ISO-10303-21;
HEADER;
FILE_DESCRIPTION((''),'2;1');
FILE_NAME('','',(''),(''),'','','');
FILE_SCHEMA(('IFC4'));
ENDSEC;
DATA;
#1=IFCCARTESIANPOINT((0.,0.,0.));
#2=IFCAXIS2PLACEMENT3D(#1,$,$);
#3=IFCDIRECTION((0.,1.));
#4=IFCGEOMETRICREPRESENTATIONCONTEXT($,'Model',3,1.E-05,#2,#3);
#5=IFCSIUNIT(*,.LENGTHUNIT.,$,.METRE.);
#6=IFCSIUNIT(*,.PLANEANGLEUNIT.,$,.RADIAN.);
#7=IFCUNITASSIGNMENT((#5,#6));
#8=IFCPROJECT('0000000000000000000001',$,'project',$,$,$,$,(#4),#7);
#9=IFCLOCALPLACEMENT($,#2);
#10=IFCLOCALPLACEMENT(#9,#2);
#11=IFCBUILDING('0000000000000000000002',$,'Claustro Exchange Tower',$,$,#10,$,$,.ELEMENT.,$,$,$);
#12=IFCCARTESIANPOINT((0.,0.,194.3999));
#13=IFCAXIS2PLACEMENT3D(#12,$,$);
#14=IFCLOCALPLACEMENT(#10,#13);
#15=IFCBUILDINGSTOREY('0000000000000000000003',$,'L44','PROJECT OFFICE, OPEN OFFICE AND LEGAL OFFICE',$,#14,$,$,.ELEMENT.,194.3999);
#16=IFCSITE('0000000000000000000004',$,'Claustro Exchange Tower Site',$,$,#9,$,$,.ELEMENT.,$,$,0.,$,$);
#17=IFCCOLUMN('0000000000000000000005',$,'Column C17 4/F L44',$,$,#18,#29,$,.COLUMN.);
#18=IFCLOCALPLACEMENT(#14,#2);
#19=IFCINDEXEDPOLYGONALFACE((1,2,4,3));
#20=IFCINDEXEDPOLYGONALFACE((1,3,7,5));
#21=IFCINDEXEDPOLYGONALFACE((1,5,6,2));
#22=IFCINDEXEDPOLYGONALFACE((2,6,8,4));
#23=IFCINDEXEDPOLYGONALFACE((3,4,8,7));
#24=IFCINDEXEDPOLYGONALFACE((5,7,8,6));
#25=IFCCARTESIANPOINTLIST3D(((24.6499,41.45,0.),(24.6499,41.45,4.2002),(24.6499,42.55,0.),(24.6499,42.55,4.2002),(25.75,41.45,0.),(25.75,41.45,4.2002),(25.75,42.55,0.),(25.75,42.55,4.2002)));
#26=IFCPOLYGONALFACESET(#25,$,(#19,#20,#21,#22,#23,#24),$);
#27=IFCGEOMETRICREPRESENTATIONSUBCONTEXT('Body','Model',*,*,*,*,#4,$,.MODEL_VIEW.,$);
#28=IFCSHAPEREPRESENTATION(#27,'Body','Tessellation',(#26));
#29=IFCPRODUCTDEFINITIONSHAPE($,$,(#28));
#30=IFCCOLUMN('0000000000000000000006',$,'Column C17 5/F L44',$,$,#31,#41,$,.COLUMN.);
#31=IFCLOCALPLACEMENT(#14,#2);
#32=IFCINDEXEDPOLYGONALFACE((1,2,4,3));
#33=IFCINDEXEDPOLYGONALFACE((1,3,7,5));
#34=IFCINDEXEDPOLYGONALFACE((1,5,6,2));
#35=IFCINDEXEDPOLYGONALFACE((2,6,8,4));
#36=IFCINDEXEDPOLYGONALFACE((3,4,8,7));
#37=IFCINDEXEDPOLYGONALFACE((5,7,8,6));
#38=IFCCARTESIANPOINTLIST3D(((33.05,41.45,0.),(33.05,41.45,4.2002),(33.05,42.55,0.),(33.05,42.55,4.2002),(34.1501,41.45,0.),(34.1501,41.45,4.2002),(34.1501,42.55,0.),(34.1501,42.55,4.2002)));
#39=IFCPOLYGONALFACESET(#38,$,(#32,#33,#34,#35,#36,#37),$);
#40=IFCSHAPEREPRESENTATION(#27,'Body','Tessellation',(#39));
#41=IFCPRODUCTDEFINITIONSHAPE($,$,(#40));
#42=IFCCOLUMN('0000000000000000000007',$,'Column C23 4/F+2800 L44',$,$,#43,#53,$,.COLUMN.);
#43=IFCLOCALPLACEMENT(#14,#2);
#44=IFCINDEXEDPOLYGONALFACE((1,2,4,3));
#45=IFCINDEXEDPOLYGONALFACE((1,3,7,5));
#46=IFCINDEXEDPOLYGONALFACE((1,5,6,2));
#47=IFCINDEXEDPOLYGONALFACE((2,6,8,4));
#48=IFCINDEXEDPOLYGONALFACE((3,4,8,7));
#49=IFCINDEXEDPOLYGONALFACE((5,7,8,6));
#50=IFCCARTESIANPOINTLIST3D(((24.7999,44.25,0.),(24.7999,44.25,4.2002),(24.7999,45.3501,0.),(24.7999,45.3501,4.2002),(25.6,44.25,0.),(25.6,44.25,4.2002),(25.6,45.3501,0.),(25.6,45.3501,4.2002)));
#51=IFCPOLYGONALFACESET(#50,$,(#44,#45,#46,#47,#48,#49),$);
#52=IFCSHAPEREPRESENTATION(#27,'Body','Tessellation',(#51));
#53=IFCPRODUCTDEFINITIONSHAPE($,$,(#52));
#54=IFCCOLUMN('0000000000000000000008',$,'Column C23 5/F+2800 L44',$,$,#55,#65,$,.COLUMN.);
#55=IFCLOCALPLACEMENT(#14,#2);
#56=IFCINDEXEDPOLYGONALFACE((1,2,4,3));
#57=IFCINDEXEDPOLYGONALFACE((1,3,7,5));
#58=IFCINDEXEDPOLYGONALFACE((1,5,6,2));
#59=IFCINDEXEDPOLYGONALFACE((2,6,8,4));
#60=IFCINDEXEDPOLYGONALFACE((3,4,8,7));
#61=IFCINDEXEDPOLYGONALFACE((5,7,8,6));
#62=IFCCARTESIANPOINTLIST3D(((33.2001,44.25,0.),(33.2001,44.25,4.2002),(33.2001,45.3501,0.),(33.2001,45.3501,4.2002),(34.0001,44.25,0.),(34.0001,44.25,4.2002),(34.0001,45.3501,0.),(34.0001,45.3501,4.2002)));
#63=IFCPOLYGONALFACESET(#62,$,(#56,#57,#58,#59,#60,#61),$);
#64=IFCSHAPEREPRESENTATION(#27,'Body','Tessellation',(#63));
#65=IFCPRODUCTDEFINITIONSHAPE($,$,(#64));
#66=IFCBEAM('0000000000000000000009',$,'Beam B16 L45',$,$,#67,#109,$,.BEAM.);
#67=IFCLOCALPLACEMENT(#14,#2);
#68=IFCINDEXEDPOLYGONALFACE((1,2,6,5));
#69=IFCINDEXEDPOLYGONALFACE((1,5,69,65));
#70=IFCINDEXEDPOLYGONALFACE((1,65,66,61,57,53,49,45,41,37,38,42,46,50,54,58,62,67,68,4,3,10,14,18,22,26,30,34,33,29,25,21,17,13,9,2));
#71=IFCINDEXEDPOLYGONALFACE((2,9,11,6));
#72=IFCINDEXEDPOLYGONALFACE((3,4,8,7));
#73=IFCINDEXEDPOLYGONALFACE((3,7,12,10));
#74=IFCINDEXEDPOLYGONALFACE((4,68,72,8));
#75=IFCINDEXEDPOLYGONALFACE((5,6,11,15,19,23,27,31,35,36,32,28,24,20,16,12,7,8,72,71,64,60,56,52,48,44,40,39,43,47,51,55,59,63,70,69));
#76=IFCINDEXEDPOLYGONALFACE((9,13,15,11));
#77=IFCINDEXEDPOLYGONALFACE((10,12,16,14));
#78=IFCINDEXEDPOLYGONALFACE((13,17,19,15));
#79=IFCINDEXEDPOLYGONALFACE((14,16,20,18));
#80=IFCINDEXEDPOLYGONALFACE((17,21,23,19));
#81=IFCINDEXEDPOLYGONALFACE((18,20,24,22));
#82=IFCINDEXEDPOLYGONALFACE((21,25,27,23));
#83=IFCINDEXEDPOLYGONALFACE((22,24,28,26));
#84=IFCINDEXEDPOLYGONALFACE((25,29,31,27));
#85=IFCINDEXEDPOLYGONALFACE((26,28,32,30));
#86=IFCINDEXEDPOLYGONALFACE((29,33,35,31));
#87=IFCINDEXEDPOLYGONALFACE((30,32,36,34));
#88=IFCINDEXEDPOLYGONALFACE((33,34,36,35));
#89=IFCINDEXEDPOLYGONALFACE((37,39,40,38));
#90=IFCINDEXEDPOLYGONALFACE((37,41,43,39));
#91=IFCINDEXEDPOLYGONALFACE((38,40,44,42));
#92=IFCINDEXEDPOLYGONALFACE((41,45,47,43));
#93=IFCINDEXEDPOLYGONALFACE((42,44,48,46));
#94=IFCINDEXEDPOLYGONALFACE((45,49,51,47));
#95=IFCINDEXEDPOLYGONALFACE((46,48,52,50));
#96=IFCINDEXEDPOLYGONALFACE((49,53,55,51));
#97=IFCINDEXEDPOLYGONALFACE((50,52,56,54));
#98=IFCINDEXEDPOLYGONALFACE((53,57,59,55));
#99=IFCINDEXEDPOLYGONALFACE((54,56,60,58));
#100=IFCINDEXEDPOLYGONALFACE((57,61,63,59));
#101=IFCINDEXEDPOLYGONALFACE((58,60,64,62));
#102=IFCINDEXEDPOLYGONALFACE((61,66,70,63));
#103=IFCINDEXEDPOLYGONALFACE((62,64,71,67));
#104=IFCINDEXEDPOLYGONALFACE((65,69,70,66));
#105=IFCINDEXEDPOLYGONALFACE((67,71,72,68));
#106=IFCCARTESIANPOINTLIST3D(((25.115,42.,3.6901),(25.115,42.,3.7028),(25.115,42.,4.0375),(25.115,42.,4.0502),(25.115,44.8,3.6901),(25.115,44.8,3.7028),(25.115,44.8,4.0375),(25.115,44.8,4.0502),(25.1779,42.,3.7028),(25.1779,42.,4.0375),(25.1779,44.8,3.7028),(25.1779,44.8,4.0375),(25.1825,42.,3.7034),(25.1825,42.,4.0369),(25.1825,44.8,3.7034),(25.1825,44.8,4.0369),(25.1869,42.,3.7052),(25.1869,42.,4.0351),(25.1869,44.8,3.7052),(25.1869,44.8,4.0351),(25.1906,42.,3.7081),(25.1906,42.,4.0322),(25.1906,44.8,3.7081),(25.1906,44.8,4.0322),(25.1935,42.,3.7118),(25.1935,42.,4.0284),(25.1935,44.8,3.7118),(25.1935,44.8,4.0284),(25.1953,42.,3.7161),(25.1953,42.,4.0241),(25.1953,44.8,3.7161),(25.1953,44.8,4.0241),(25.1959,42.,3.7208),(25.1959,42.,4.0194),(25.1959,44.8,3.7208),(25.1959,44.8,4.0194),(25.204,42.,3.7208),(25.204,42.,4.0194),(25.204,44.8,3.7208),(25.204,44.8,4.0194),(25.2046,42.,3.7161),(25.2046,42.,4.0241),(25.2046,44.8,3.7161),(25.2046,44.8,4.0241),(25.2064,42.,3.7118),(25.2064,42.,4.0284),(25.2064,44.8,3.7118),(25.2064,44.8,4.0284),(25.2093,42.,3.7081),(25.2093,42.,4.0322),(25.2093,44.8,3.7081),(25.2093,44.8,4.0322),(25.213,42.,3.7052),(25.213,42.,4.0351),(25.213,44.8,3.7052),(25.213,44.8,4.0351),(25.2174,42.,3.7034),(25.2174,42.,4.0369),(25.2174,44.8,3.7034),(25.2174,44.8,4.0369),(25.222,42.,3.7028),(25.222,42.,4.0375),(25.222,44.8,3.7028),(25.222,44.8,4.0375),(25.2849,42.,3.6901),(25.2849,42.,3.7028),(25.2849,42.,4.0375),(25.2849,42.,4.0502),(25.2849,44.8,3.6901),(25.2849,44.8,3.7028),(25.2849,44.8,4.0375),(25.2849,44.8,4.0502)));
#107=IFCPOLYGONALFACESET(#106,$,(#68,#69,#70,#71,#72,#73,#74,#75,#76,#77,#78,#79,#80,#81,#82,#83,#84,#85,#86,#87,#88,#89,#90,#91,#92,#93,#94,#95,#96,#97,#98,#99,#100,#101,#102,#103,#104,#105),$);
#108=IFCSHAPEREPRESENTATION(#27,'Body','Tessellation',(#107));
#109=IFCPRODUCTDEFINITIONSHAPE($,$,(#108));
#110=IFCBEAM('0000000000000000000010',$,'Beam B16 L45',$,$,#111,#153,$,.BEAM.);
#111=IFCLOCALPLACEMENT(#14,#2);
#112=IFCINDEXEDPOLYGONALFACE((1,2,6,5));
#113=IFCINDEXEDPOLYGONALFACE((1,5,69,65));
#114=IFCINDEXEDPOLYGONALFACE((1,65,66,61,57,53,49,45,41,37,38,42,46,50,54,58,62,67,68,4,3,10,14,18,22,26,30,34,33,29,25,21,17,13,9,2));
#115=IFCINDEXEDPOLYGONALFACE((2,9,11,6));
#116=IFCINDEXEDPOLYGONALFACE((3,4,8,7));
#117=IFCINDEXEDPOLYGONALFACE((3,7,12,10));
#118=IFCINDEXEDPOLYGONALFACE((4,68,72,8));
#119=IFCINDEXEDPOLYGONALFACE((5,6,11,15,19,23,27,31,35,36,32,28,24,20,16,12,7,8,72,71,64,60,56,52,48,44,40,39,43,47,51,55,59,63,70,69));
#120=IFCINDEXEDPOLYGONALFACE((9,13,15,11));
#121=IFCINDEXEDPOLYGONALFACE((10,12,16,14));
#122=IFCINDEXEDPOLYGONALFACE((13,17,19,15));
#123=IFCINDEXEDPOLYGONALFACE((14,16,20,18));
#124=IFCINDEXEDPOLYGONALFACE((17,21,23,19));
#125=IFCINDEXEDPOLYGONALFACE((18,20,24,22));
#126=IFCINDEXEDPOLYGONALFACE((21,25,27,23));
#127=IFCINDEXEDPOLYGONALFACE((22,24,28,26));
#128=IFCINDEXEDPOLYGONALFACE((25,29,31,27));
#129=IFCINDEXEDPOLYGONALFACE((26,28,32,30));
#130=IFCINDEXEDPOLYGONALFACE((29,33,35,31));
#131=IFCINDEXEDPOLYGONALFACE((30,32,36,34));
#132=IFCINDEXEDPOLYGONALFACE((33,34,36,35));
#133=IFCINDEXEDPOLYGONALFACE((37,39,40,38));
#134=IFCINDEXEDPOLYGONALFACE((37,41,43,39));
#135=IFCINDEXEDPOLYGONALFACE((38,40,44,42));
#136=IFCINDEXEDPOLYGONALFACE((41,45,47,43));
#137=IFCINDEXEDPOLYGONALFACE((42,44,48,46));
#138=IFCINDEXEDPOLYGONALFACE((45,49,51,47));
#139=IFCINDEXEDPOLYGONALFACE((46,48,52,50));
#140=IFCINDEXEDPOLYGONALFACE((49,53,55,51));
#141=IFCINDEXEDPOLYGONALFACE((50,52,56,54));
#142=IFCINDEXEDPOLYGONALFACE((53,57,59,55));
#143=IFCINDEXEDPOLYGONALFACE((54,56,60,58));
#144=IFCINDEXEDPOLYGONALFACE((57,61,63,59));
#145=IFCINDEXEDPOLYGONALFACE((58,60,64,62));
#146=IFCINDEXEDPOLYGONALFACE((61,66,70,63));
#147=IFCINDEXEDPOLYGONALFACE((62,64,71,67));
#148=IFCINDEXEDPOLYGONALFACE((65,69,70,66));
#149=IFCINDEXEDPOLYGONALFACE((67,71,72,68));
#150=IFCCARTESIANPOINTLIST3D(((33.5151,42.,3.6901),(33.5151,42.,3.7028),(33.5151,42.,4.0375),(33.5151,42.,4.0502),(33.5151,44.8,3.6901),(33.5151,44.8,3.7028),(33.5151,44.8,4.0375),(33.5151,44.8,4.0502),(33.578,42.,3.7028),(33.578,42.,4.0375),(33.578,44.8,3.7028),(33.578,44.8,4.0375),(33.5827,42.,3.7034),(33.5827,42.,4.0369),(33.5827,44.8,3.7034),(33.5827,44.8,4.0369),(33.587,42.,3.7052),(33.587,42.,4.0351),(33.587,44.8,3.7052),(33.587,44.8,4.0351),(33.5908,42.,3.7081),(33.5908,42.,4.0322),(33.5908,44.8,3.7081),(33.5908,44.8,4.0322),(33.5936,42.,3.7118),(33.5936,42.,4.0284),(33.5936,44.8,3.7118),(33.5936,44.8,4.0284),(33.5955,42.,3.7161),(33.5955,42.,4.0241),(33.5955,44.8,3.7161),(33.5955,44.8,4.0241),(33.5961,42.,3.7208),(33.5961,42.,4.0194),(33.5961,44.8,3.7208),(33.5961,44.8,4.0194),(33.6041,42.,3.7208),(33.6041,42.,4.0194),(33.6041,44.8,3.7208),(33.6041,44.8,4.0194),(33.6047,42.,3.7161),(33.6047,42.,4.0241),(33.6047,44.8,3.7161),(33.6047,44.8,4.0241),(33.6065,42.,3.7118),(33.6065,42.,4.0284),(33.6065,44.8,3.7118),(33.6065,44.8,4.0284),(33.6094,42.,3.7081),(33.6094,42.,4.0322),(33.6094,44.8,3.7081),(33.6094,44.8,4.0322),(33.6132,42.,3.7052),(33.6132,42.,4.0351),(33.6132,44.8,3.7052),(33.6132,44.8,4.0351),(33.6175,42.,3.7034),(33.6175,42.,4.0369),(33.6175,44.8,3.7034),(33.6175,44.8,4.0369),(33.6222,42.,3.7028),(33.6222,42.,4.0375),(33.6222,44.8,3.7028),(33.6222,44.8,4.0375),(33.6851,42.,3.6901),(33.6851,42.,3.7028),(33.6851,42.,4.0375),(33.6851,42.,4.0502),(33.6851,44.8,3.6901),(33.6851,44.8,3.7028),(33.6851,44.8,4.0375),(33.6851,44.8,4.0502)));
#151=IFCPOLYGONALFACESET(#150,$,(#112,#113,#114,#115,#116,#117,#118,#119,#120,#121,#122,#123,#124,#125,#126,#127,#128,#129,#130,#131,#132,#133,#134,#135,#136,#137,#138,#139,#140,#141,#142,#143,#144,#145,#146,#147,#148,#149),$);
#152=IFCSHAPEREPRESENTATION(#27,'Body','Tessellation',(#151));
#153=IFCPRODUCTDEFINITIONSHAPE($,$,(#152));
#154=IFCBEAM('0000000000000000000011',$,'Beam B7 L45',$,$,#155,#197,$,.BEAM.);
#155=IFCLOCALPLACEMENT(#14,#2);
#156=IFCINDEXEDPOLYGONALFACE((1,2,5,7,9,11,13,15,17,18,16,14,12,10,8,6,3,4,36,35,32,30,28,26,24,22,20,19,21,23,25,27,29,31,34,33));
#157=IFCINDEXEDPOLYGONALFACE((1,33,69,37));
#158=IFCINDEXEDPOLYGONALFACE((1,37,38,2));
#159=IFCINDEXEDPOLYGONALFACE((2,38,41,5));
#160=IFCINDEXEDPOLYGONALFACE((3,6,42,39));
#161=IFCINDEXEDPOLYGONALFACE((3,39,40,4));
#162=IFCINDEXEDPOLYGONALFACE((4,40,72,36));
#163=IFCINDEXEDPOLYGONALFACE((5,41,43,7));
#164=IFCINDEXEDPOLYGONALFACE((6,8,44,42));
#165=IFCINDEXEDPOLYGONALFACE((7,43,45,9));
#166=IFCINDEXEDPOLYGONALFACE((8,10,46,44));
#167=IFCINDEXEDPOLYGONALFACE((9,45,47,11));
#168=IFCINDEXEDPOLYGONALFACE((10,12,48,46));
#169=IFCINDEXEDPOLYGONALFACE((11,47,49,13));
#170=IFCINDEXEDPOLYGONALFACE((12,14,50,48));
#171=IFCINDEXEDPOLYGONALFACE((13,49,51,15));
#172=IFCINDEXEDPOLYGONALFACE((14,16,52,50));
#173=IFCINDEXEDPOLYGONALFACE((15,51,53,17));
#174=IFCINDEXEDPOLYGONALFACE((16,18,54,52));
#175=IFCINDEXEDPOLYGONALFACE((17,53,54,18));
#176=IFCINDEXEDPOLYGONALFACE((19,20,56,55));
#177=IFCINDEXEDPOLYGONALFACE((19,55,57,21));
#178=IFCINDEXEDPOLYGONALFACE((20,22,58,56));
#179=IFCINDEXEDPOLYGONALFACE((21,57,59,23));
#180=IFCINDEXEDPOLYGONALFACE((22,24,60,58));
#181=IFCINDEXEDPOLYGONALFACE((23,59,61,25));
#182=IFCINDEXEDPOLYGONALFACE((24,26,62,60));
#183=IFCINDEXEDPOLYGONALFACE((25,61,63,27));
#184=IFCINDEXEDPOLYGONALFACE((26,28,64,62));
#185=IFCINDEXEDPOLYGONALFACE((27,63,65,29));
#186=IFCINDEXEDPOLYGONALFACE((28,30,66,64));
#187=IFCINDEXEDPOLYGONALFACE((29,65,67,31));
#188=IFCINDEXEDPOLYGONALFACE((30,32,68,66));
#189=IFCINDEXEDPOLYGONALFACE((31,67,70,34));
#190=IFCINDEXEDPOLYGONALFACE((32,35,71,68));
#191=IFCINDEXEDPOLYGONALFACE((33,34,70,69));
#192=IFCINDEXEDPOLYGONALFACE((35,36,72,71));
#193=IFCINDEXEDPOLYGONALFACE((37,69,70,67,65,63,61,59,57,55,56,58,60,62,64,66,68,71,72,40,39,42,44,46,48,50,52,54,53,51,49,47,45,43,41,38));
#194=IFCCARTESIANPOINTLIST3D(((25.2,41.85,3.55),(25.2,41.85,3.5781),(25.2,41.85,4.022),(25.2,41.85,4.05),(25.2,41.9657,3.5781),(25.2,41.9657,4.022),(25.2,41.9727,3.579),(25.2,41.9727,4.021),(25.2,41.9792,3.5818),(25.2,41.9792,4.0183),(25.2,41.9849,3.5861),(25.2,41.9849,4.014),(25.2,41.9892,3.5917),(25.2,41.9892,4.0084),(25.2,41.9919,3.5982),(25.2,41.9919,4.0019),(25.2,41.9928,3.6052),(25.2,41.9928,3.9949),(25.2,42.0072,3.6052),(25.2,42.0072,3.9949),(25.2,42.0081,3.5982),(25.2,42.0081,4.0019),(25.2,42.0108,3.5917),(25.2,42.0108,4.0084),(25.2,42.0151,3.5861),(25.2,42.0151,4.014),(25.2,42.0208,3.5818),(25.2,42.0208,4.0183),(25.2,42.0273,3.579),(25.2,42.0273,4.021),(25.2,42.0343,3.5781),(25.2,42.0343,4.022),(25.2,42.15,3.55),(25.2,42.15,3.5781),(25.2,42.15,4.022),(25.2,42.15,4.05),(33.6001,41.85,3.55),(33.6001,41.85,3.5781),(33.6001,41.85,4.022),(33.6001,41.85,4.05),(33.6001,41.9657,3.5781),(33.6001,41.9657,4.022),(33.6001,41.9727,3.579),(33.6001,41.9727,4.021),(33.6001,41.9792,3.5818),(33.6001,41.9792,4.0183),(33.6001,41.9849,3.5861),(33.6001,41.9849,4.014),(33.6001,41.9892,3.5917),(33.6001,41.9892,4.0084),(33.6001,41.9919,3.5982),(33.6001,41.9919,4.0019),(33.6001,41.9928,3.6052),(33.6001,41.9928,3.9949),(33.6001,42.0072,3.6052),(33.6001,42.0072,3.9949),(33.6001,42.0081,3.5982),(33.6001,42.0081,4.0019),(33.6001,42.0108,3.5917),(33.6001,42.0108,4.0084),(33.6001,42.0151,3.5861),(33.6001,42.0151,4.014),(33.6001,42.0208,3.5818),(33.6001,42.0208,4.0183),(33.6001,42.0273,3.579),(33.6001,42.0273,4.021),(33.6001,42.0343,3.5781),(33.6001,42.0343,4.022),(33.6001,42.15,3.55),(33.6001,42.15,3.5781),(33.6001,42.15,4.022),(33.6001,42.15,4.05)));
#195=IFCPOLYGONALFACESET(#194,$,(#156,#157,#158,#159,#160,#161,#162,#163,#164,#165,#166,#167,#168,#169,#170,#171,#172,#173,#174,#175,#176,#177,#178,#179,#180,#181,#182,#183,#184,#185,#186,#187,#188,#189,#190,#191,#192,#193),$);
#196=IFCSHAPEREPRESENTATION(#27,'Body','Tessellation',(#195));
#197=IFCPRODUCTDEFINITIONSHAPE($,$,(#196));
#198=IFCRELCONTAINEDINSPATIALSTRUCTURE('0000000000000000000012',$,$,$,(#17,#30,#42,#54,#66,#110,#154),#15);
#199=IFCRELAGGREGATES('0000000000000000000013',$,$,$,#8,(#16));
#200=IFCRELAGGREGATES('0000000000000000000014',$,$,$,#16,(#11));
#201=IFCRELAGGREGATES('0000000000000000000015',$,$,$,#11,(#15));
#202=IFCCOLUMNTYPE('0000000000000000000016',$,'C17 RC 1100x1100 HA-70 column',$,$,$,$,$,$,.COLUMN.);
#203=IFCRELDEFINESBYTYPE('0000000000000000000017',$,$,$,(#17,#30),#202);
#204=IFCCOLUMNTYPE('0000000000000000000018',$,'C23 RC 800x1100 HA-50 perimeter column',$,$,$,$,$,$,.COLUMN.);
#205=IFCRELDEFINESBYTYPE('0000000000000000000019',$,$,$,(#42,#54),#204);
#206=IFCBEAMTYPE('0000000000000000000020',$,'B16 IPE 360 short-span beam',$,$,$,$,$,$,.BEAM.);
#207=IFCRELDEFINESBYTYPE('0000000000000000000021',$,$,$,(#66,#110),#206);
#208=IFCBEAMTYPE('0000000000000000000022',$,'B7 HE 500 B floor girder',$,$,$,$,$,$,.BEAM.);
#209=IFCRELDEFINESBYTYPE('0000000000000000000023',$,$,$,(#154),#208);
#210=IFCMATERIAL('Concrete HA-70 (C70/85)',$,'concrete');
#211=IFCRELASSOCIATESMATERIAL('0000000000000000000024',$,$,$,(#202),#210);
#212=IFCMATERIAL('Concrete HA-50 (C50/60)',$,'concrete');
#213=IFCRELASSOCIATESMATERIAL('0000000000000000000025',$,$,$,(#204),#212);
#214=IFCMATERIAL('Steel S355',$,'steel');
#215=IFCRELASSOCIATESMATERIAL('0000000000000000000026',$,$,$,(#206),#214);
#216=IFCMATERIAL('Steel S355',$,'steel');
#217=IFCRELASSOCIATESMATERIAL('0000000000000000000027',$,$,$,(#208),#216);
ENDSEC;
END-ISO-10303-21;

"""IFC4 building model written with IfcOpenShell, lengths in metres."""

from ifc_helpers import new_model, si_unit, direction, frame, origin, origin_2d, place, context, subcontext, project, spatial, rectangle, i_section, extrude, material, material_profile, profile_set, type_object, element, save


model = new_model("IFC4")

# Units and contexts
model_context = context("Model", 3, precision=1e-05, world=origin(), true_north=direction((0.0, 1.0)))
body_context = subcontext(model_context, "Body", "Model", "MODEL_VIEW")
ifc_project = project(units=[si_unit("LENGTHUNIT", "METRE"), si_unit("PLANEANGLEUNIT", "RADIAN")], contexts=[model_context])

# Site, building, storey
site_placement = place(None, origin())
site = spatial("IfcSite", under=ifc_project, at=site_placement, Name="Claustro Exchange Tower Site", CompositionType="ELEMENT", RefElevation=0.0)
building_placement = place(site_placement, origin())
building = spatial("IfcBuilding", under=site, at=building_placement, Name="Claustro Exchange Tower", CompositionType="ELEMENT")
storey_placement = place(building_placement, frame((0.0, 0.0, 194.3999)))
storey = spatial("IfcBuildingStorey", under=building, at=storey_placement, Name="L44", Description="PROJECT OFFICE, OPEN OFFICE AND LEGAL OFFICE", CompositionType="ELEMENT", Elevation=194.3999)

# Columns
ifc_material_1 = material(Name="Concrete HA-70 (C70/85)", Category="concrete")
ifc_material_profile_1 = material_profile(ifc_material_1, rectangle(XDim=1.1001, YDim=1.1001, at=origin_2d()), Name="RC 1100x1100")
ifc_profile_set_1 = profile_set([ifc_material_profile_1], Name="Concrete HA-70 (C70/85)")
column_type_1 = type_object("IfcColumnType", Name="C17 RC 1100x1100 HA-70 column", PredefinedType="COLUMN", material=ifc_profile_set_1)
for number, where, z_axis, x_axis, name in (
    (1, (25.2, 42.0, 0.0), (0.0, 0.0, 1.0), (1.0, 0.0, 0.0), "Column C17 4/F L44"),
    (2, (33.6001, 42.0, 0.0), (0.0, 0.0, 1.0), (1.0, 0.0, 0.0), "Column C17 5/F L44"),
):
    element("IfcColumn", number, at=place(storey_placement, frame(where, z_axis=z_axis, x_axis=x_axis)), inside=storey, type_object=column_type_1, Name=name, PredefinedType="COLUMN", context=body_context, shape_type="SweptSolid", body=[
        extrude(rectangle(XDim=1.1001, YDim=1.1001, at=origin_2d()), origin(), (0.0, 0.0, 1.0), 4.2002),
    ])
ifc_material_2 = material(Name="Concrete HA-50 (C50/60)", Category="concrete")
ifc_material_profile_2 = material_profile(ifc_material_2, rectangle(XDim=0.8, YDim=1.1001, at=origin_2d()), Name="RC 800x1100")
ifc_profile_set_2 = profile_set([ifc_material_profile_2], Name="Concrete HA-50 (C50/60)")
column_type_2 = type_object("IfcColumnType", Name="C23 RC 800x1100 HA-50 perimeter column", PredefinedType="COLUMN", material=ifc_profile_set_2)
for number, where, z_axis, x_axis, name in (
    (3, (25.2, 44.8, 0.0), (0.0, 0.0, 1.0), (1.0, 0.0, 0.0), "Column C23 4/F+2800 L44"),
    (4, (33.6001, 44.8, 0.0), (0.0, 0.0, 1.0), (1.0, 0.0, 0.0), "Column C23 5/F+2800 L44"),
):
    element("IfcColumn", number, at=place(storey_placement, frame(where, z_axis=z_axis, x_axis=x_axis)), inside=storey, type_object=column_type_2, Name=name, PredefinedType="COLUMN", context=body_context, shape_type="SweptSolid", body=[
        extrude(rectangle(XDim=0.8, YDim=1.1001, at=origin_2d()), origin(), (0.0, 0.0, 1.0), 4.2002),
    ])

# Beams
ifc_material_3 = material(Name="Steel S355", Category="steel")
ifc_material_profile_3 = material_profile(ifc_material_3, i_section(OverallWidth=0.1699, OverallDepth=0.3601, WebThickness=0.0081, FlangeThickness=0.0127, FilletRadius=0.0181, at=origin_2d()), Name="IPE 360")
ifc_profile_set_3 = profile_set([ifc_material_profile_3], Name="Steel S355")
beam_type_1 = type_object("IfcBeamType", Name="B16 IPE 360 short-span beam", PredefinedType="BEAM", material=ifc_profile_set_3)
for number, where, z_axis, x_axis, name in (
    (5, (25.2, 42.0, 3.8701), (0.0, 1.0, 0.0), (-1.0, 0.0, 0.0), "Beam B16 L45"),
    (6, (33.6001, 42.0, 3.8701), (0.0, 1.0, 0.0), (-1.0, 0.0, 0.0), "Beam B16 L45"),
):
    element("IfcBeam", number, at=place(storey_placement, frame(where, z_axis=z_axis, x_axis=x_axis)), inside=storey, type_object=beam_type_1, Name=name, PredefinedType="BEAM", context=body_context, shape_type="SweptSolid", body=[
        extrude(i_section(OverallWidth=0.1699, OverallDepth=0.3601, WebThickness=0.0081, FlangeThickness=0.0127, FilletRadius=0.0181, at=origin_2d()), origin(), (0.0, 0.0, 1.0), 2.8),
    ])
ifc_material_4 = material(Name="Steel S355", Category="steel")
ifc_material_profile_4 = material_profile(ifc_material_4, i_section(OverallWidth=0.3, OverallDepth=0.5, WebThickness=0.0144, FlangeThickness=0.0281, FilletRadius=0.0271, at=origin_2d()), Name="HE 500 B")
ifc_profile_set_4 = profile_set([ifc_material_profile_4], Name="Steel S355")
beam_type_2 = type_object("IfcBeamType", Name="B7 HE 500 B floor girder", PredefinedType="BEAM", material=ifc_profile_set_4)
beam_1_placement = place(storey_placement, frame((25.2, 42.0, 3.8), z_axis=(1.0, 0.0, 0.0), x_axis=(0.0, 1.0, 0.0)))
element("IfcBeam", 7, at=beam_1_placement, inside=storey, type_object=beam_type_2, Name="Beam B7 L45", PredefinedType="BEAM", context=body_context, shape_type="SweptSolid", body=[
    extrude(i_section(OverallWidth=0.3, OverallDepth=0.5, WebThickness=0.0144, FlangeThickness=0.0281, FilletRadius=0.0271, at=origin_2d()), origin(), (0.0, 0.0, 1.0), 8.4001),
])

save(model, "model.ifc")
